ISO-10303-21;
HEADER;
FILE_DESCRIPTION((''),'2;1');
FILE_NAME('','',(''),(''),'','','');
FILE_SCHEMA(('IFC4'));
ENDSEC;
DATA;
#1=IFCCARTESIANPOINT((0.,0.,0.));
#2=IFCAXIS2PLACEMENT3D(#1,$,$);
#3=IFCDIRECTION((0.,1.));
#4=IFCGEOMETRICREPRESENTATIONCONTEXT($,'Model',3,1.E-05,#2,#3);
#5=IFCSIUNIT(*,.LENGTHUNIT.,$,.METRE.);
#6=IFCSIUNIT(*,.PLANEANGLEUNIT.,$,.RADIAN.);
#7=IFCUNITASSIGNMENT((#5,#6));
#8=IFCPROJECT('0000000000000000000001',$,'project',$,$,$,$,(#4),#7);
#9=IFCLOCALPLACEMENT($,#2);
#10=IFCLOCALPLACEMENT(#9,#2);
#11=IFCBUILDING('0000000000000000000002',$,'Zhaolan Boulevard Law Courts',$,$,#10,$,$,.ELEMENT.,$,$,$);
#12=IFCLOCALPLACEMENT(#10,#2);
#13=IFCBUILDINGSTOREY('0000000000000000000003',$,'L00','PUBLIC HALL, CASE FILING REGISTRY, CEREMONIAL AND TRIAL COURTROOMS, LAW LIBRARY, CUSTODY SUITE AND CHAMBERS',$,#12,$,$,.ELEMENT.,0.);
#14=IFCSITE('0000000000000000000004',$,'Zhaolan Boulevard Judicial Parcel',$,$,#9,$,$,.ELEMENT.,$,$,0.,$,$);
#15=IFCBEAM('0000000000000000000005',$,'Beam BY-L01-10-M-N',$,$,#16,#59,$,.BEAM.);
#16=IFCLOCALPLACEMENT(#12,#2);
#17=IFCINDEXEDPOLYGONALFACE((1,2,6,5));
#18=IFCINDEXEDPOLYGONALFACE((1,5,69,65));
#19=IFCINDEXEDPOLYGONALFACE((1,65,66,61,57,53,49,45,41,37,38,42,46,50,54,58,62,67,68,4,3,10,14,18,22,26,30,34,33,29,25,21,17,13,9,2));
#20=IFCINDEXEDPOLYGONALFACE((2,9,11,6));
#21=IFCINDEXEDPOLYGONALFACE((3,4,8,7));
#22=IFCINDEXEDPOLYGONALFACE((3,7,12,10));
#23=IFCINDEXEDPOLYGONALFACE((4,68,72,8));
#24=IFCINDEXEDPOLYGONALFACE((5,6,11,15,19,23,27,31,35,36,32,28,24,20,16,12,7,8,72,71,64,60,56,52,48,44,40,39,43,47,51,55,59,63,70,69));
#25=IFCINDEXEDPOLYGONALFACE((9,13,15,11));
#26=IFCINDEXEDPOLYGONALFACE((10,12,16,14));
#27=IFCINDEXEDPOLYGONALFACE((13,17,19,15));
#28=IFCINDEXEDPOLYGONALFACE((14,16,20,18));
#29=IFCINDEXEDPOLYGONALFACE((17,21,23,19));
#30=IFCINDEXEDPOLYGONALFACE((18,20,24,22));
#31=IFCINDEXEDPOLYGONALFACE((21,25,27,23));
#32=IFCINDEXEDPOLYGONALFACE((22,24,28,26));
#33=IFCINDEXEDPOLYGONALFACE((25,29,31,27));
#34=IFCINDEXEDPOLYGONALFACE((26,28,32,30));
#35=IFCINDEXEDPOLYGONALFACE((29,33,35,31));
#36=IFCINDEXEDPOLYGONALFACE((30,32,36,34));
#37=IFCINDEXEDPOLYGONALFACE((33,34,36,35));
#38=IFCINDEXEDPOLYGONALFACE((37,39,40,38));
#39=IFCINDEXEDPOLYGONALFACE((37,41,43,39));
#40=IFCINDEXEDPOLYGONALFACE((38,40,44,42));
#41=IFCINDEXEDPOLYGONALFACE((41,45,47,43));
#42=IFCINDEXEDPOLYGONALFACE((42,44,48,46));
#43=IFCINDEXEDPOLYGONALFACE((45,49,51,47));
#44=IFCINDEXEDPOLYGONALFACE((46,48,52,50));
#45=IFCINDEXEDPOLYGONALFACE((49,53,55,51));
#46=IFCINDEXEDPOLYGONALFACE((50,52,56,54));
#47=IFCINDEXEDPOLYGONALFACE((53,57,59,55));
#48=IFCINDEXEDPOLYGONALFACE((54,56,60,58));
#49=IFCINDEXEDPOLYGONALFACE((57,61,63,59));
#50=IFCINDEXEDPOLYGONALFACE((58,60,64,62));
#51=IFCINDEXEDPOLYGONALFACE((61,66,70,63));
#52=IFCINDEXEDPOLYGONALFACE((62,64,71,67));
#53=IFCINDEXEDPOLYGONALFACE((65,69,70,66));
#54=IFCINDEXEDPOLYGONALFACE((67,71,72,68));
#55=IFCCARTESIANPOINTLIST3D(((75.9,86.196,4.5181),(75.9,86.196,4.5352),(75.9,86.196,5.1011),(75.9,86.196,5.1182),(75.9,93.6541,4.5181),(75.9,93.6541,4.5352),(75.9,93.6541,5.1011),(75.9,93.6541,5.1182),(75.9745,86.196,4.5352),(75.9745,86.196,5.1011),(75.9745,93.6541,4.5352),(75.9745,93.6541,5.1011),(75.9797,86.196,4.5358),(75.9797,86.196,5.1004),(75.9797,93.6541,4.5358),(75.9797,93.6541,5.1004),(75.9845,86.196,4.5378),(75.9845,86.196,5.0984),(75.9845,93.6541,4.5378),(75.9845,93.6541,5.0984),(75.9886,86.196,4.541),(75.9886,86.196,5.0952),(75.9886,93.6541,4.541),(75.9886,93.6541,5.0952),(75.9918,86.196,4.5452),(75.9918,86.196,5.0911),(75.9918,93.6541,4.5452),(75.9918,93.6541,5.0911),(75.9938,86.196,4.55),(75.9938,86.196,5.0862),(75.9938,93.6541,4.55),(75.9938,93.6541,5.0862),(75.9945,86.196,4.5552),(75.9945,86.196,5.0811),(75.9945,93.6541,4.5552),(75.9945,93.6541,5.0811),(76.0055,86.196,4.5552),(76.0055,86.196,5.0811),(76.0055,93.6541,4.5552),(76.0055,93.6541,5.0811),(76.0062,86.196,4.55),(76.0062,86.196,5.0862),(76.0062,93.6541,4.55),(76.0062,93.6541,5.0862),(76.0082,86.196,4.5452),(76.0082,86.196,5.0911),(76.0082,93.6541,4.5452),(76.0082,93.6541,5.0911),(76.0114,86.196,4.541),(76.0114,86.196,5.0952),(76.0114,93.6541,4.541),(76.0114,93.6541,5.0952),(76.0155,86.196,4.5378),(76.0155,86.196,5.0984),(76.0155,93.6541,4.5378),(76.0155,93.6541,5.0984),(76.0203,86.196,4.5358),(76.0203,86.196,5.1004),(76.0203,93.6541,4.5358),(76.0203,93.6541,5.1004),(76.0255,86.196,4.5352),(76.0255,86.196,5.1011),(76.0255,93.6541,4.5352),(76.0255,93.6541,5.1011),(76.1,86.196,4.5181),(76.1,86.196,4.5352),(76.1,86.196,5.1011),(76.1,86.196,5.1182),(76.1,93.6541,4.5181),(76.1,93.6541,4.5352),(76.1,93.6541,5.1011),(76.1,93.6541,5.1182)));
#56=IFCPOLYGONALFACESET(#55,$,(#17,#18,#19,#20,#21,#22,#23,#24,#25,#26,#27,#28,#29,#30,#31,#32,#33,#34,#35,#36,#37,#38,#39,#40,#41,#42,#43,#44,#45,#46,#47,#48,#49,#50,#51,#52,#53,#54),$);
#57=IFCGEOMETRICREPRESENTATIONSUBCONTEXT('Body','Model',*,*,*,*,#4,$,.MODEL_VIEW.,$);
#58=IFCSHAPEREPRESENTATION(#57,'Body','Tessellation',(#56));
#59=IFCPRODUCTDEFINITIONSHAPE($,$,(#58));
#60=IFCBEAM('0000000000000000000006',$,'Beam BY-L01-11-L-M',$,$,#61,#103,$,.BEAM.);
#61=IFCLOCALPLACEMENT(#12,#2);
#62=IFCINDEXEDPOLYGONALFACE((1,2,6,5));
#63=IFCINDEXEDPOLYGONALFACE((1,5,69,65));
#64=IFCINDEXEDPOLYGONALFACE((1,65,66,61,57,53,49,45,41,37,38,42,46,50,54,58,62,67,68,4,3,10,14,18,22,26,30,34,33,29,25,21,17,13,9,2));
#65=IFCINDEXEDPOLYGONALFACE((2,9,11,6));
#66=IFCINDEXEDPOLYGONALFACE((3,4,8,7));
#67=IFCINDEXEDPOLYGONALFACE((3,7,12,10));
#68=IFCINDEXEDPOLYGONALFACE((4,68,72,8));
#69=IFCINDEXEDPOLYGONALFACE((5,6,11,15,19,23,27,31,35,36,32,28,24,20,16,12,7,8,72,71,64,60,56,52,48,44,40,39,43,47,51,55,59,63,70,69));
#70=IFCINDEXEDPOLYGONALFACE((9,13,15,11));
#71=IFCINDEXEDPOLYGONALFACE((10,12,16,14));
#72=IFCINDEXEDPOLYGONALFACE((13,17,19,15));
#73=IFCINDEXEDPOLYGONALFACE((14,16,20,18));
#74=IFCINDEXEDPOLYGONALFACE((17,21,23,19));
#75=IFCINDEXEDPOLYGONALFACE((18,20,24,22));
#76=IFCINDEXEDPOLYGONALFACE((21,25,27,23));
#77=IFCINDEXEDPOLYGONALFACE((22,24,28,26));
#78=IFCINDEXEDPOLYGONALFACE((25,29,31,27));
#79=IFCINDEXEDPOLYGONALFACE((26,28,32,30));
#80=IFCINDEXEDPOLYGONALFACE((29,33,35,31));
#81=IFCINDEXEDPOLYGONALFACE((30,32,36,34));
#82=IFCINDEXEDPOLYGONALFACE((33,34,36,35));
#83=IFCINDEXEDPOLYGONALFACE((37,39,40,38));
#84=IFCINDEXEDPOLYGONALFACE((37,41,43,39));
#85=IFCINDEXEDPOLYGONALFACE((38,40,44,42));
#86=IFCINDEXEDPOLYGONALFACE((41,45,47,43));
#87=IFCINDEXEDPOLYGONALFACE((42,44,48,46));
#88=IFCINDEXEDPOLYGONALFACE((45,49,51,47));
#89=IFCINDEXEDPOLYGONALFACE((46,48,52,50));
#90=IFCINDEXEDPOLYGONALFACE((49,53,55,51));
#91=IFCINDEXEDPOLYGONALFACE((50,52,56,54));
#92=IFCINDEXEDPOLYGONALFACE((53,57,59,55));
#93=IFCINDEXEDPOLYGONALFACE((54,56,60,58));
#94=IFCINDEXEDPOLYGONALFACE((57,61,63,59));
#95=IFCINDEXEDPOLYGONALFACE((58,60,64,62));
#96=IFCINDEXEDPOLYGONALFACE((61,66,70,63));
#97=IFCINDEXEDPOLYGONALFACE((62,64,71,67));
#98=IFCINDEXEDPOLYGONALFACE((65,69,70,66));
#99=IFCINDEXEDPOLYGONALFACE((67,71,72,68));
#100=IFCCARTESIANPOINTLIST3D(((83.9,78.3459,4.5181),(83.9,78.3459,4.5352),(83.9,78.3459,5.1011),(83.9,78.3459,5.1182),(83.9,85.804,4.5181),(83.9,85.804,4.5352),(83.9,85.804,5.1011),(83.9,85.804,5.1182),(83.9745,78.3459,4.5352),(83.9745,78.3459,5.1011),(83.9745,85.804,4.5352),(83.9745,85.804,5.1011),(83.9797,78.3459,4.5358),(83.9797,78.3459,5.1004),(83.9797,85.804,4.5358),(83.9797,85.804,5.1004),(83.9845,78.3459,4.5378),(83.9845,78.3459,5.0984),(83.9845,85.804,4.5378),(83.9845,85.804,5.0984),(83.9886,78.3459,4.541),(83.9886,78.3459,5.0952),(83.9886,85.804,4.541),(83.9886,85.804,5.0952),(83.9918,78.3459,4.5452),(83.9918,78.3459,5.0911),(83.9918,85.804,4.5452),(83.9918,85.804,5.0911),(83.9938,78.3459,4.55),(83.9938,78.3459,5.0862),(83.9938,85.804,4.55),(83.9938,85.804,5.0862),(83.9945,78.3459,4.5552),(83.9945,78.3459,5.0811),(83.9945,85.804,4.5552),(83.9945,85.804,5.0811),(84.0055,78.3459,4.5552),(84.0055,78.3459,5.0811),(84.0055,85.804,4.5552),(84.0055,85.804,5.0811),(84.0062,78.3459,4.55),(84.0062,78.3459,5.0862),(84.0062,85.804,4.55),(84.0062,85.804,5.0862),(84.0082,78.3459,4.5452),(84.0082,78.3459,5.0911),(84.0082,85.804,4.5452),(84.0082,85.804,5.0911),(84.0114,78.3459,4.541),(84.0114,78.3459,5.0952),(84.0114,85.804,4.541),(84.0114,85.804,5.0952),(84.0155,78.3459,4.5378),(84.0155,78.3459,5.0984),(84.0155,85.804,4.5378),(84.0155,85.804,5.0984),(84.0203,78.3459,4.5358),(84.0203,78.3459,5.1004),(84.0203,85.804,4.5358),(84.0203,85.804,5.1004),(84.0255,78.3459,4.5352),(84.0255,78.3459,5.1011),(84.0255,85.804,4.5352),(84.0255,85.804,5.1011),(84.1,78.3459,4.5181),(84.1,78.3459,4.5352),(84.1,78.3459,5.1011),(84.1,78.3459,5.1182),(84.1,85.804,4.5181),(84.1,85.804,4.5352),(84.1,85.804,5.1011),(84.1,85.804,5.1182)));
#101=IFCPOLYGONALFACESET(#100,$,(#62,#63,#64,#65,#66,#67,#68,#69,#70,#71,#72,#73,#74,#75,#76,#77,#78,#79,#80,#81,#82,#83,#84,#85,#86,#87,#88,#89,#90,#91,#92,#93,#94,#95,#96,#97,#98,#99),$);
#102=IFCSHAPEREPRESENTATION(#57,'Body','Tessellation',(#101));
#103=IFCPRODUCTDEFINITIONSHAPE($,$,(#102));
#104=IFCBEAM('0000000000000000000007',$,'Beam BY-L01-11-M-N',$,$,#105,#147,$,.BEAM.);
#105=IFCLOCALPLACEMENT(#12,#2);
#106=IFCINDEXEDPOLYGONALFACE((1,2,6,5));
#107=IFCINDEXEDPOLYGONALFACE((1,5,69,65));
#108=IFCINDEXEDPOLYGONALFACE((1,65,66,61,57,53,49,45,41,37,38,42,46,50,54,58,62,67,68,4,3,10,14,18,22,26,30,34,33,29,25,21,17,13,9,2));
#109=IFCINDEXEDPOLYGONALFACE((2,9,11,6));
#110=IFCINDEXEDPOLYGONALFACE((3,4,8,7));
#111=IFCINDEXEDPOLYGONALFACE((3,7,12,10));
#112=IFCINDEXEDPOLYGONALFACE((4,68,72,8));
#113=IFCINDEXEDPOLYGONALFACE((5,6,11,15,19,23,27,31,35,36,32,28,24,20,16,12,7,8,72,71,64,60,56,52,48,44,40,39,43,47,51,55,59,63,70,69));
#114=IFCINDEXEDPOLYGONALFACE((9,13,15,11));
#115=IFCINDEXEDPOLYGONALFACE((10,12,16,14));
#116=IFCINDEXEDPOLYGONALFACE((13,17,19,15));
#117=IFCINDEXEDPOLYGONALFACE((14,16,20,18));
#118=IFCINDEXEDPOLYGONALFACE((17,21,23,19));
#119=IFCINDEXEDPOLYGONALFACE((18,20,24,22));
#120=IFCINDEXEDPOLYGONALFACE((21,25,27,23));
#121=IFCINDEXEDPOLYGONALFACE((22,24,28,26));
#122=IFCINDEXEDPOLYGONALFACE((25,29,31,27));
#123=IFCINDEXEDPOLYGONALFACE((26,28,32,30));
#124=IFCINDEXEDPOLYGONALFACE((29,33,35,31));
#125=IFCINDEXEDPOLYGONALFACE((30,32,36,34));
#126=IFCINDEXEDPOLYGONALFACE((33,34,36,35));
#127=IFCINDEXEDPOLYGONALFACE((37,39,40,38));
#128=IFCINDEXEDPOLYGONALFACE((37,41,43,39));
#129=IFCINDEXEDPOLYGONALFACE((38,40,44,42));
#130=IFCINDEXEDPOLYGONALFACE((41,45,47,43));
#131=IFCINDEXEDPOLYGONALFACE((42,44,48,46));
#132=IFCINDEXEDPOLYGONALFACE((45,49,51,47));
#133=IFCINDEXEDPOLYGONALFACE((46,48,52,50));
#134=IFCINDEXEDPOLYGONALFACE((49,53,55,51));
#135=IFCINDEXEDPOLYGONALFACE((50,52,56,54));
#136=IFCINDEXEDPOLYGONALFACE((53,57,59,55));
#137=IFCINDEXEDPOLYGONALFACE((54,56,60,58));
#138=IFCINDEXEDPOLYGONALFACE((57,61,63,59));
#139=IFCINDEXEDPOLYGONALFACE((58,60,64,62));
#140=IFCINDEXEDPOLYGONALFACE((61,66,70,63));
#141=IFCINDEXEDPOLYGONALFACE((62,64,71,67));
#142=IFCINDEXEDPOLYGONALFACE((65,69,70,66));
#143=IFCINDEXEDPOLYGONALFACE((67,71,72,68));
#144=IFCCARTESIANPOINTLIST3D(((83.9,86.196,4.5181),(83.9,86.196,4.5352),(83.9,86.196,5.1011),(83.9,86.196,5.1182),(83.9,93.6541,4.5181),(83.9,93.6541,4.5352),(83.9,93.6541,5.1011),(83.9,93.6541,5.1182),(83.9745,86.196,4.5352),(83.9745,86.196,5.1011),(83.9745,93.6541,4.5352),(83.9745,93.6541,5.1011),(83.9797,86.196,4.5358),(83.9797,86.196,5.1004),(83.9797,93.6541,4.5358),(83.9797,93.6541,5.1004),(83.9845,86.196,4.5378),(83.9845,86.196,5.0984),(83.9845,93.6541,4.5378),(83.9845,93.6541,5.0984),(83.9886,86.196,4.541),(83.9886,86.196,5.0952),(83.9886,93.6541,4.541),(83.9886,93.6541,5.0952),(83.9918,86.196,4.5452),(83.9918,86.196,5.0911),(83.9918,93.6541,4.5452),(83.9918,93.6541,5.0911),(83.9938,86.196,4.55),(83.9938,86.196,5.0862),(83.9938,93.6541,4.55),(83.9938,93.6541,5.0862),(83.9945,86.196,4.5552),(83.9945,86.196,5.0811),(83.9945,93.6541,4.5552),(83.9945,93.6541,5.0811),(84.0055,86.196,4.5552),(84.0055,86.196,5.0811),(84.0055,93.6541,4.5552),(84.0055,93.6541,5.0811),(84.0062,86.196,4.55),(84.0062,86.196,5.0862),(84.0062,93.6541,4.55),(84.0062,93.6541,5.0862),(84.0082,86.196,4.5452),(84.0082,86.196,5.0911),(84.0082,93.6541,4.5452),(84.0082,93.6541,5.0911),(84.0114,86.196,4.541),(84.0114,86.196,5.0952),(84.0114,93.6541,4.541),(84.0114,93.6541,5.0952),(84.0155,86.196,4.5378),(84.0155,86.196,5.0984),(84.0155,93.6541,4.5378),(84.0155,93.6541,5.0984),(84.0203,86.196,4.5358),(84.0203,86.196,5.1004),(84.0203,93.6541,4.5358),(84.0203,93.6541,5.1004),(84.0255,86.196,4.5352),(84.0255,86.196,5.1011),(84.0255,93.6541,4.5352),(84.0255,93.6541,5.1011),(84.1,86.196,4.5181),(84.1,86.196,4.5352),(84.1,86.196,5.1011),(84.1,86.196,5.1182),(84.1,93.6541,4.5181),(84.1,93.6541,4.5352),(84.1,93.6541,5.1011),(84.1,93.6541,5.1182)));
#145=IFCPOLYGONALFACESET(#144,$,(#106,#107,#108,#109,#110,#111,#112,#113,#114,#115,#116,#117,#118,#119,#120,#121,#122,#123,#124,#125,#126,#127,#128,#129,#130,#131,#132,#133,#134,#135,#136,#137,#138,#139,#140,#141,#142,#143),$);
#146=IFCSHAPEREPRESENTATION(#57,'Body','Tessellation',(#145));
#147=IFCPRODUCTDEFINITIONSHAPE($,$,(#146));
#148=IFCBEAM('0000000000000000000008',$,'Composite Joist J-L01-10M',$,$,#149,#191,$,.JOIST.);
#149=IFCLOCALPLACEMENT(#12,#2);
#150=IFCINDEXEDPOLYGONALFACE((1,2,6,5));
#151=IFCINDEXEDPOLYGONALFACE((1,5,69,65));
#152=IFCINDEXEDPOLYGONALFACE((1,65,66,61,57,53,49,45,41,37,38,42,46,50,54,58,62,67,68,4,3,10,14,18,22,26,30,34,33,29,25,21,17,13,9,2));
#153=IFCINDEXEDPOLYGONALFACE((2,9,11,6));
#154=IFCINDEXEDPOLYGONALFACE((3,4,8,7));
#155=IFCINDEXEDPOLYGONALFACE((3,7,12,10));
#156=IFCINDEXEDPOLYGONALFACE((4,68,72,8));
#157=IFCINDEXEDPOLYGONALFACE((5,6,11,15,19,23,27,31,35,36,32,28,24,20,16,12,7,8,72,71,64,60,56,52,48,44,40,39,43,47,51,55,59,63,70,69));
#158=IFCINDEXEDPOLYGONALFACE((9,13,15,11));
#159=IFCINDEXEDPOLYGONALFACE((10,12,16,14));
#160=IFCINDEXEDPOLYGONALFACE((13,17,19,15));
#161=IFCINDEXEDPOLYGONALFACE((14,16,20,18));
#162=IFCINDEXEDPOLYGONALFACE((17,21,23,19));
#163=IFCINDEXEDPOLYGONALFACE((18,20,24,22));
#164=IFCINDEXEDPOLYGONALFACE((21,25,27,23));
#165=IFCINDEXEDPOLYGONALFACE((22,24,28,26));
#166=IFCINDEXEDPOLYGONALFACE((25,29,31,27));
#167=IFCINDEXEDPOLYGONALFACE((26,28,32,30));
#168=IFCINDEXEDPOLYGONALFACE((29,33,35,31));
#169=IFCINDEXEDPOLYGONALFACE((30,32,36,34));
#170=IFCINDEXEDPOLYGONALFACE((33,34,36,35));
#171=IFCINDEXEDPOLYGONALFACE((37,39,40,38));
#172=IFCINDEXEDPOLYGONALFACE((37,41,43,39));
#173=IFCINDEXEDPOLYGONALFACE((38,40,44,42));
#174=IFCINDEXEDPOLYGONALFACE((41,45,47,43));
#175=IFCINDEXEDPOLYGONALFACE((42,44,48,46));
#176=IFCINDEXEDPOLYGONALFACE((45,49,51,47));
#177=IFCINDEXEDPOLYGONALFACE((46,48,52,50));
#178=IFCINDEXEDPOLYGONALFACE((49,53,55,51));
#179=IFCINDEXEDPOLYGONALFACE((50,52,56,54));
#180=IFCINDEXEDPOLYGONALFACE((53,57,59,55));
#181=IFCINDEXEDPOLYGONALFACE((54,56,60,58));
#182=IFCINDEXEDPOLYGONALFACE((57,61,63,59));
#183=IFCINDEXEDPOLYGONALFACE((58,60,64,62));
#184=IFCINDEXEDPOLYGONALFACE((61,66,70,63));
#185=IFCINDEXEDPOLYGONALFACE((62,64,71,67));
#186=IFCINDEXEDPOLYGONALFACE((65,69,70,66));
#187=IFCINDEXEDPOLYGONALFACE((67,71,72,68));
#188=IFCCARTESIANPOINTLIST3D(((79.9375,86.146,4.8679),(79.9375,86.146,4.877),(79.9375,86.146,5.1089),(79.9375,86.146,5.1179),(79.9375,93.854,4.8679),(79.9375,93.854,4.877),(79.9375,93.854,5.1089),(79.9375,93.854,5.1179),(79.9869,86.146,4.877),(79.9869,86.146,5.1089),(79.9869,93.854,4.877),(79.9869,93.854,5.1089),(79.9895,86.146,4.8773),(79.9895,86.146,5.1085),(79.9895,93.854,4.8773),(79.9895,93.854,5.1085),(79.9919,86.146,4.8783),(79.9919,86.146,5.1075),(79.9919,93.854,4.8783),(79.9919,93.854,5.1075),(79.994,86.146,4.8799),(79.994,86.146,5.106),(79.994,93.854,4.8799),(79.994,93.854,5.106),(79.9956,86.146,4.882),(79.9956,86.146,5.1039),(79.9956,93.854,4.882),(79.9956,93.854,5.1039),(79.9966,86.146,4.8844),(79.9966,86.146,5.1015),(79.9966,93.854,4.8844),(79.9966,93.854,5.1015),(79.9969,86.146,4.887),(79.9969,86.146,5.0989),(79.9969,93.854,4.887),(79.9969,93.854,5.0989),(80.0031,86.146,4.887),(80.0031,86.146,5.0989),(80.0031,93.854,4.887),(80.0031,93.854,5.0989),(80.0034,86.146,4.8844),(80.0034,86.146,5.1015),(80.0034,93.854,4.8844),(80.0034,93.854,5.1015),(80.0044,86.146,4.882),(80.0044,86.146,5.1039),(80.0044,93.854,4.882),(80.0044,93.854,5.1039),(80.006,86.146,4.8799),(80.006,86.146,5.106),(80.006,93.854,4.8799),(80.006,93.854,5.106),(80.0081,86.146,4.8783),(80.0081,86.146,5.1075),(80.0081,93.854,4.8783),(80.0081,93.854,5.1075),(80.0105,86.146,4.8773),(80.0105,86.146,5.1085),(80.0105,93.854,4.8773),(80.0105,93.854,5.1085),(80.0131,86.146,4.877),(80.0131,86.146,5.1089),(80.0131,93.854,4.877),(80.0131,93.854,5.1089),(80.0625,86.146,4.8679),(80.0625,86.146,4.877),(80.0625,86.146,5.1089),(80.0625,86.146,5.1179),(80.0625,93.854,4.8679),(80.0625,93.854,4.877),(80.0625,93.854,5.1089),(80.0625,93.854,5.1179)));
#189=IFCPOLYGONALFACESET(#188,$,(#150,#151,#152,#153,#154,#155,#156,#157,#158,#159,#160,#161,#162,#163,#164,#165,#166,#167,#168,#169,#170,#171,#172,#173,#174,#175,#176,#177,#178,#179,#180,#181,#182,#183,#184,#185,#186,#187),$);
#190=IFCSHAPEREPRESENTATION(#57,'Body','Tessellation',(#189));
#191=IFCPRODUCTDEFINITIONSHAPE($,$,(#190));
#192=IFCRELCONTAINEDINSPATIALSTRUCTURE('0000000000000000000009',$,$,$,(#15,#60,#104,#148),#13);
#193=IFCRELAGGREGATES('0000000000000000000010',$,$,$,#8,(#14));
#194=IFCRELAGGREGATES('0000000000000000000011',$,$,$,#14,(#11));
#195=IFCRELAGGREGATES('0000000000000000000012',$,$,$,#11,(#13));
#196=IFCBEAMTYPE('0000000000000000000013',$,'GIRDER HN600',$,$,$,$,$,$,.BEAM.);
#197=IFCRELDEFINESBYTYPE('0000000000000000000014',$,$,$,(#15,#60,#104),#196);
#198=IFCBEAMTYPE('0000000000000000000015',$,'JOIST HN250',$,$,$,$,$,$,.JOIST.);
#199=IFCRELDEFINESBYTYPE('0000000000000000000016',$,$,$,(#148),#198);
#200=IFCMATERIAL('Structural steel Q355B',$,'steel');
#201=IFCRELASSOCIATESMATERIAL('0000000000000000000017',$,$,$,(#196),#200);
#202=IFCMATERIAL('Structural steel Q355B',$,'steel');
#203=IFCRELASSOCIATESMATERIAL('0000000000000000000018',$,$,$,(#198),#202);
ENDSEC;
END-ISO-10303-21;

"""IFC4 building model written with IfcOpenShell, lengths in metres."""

from ifc_helpers import new_model, si_unit, direction, frame, origin, origin_2d, place, context, subcontext, project, spatial, i_section, extrude, material, material_profile, profile_set, type_object, element, save


model = new_model("IFC4")

# Units and contexts
model_context = context("Model", 3, precision=1e-05, world=origin(), true_north=direction((0.0, 1.0)))
body_context = subcontext(model_context, "Body", "Model", "MODEL_VIEW")
ifc_project = project(units=[si_unit("LENGTHUNIT", "METRE"), si_unit("PLANEANGLEUNIT", "RADIAN")], contexts=[model_context])

# Site, building, storey
site_placement = place(None, origin())
site = spatial("IfcSite", under=ifc_project, at=site_placement, Name="Zhaolan Boulevard Judicial Parcel", CompositionType="ELEMENT", RefElevation=0.0)
building_placement = place(site_placement, origin())
building = spatial("IfcBuilding", under=site, at=building_placement, Name="Zhaolan Boulevard Law Courts", CompositionType="ELEMENT")
storey_placement = place(building_placement, origin())
storey = spatial("IfcBuildingStorey", under=building, at=storey_placement, Name="L00", Description="PUBLIC HALL, CASE FILING REGISTRY, CEREMONIAL AND TRIAL COURTROOMS, LAW LIBRARY, CUSTODY SUITE AND CHAMBERS", CompositionType="ELEMENT", Elevation=0.0)

# Beams
ifc_material_1 = material(Name="Structural steel Q355B", Category="steel")
ifc_material_profile_1 = material_profile(ifc_material_1, i_section(OverallWidth=0.2, OverallDepth=0.6001, WebThickness=0.011, FlangeThickness=0.0171, FilletRadius=0.02, at=origin_2d()), Name="HN600x200")
ifc_profile_set_1 = profile_set([ifc_material_profile_1], Name="Structural steel Q355B")
beam_type_1 = type_object("IfcBeamType", Name="GIRDER HN600", PredefinedType="BEAM", material=ifc_profile_set_1)
for number, where, z_axis, x_axis, name in (
    (1, (76.0, 86.196, 4.8181), (0.0, 1.0, 0.0), (-1.0, 0.0, 0.0), "Beam BY-L01-10-M-N"),
    (2, (84.0, 78.3459, 4.8181), (0.0, 1.0, 0.0), (-1.0, 0.0, 0.0), "Beam BY-L01-11-L-M"),
    (3, (84.0, 86.196, 4.8181), (0.0, 1.0, 0.0), (-1.0, 0.0, 0.0), "Beam BY-L01-11-M-N"),
):
    element("IfcBeam", number, at=place(storey_placement, frame(where, z_axis=z_axis, x_axis=x_axis)), inside=storey, type_object=beam_type_1, Name=name, PredefinedType="BEAM", context=body_context, shape_type="SweptSolid", body=[
        extrude(i_section(OverallWidth=0.2, OverallDepth=0.6001, WebThickness=0.011, FlangeThickness=0.0171, FilletRadius=0.02, at=origin_2d()), origin(), (0.0, 0.0, 1.0), 7.458),
    ])
ifc_material_2 = material(Name="Structural steel Q355B", Category="steel")
ifc_material_profile_2 = material_profile(ifc_material_2, i_section(OverallWidth=0.125, OverallDepth=0.25, WebThickness=0.0061, FlangeThickness=0.009, FilletRadius=0.01, at=origin_2d()), Name="HN250x125")
ifc_profile_set_2 = profile_set([ifc_material_profile_2], Name="Structural steel Q355B")
beam_type_2 = type_object("IfcBeamType", Name="JOIST HN250", PredefinedType="JOIST", material=ifc_profile_set_2)
beam_1_placement = place(storey_placement, frame((80.0, 86.146, 4.9929), z_axis=(0.0, 1.0, 0.0), x_axis=(-1.0, 0.0, 0.0)))
element("IfcBeam", 4, at=beam_1_placement, inside=storey, type_object=beam_type_2, Name="Composite Joist J-L01-10M", PredefinedType="JOIST", context=body_context, shape_type="SweptSolid", body=[
    extrude(i_section(OverallWidth=0.125, OverallDepth=0.25, WebThickness=0.0061, FlangeThickness=0.009, FilletRadius=0.01, at=origin_2d()), origin(), (0.0, 0.0, 1.0), 7.708),
])

save(model, "model.ifc")
